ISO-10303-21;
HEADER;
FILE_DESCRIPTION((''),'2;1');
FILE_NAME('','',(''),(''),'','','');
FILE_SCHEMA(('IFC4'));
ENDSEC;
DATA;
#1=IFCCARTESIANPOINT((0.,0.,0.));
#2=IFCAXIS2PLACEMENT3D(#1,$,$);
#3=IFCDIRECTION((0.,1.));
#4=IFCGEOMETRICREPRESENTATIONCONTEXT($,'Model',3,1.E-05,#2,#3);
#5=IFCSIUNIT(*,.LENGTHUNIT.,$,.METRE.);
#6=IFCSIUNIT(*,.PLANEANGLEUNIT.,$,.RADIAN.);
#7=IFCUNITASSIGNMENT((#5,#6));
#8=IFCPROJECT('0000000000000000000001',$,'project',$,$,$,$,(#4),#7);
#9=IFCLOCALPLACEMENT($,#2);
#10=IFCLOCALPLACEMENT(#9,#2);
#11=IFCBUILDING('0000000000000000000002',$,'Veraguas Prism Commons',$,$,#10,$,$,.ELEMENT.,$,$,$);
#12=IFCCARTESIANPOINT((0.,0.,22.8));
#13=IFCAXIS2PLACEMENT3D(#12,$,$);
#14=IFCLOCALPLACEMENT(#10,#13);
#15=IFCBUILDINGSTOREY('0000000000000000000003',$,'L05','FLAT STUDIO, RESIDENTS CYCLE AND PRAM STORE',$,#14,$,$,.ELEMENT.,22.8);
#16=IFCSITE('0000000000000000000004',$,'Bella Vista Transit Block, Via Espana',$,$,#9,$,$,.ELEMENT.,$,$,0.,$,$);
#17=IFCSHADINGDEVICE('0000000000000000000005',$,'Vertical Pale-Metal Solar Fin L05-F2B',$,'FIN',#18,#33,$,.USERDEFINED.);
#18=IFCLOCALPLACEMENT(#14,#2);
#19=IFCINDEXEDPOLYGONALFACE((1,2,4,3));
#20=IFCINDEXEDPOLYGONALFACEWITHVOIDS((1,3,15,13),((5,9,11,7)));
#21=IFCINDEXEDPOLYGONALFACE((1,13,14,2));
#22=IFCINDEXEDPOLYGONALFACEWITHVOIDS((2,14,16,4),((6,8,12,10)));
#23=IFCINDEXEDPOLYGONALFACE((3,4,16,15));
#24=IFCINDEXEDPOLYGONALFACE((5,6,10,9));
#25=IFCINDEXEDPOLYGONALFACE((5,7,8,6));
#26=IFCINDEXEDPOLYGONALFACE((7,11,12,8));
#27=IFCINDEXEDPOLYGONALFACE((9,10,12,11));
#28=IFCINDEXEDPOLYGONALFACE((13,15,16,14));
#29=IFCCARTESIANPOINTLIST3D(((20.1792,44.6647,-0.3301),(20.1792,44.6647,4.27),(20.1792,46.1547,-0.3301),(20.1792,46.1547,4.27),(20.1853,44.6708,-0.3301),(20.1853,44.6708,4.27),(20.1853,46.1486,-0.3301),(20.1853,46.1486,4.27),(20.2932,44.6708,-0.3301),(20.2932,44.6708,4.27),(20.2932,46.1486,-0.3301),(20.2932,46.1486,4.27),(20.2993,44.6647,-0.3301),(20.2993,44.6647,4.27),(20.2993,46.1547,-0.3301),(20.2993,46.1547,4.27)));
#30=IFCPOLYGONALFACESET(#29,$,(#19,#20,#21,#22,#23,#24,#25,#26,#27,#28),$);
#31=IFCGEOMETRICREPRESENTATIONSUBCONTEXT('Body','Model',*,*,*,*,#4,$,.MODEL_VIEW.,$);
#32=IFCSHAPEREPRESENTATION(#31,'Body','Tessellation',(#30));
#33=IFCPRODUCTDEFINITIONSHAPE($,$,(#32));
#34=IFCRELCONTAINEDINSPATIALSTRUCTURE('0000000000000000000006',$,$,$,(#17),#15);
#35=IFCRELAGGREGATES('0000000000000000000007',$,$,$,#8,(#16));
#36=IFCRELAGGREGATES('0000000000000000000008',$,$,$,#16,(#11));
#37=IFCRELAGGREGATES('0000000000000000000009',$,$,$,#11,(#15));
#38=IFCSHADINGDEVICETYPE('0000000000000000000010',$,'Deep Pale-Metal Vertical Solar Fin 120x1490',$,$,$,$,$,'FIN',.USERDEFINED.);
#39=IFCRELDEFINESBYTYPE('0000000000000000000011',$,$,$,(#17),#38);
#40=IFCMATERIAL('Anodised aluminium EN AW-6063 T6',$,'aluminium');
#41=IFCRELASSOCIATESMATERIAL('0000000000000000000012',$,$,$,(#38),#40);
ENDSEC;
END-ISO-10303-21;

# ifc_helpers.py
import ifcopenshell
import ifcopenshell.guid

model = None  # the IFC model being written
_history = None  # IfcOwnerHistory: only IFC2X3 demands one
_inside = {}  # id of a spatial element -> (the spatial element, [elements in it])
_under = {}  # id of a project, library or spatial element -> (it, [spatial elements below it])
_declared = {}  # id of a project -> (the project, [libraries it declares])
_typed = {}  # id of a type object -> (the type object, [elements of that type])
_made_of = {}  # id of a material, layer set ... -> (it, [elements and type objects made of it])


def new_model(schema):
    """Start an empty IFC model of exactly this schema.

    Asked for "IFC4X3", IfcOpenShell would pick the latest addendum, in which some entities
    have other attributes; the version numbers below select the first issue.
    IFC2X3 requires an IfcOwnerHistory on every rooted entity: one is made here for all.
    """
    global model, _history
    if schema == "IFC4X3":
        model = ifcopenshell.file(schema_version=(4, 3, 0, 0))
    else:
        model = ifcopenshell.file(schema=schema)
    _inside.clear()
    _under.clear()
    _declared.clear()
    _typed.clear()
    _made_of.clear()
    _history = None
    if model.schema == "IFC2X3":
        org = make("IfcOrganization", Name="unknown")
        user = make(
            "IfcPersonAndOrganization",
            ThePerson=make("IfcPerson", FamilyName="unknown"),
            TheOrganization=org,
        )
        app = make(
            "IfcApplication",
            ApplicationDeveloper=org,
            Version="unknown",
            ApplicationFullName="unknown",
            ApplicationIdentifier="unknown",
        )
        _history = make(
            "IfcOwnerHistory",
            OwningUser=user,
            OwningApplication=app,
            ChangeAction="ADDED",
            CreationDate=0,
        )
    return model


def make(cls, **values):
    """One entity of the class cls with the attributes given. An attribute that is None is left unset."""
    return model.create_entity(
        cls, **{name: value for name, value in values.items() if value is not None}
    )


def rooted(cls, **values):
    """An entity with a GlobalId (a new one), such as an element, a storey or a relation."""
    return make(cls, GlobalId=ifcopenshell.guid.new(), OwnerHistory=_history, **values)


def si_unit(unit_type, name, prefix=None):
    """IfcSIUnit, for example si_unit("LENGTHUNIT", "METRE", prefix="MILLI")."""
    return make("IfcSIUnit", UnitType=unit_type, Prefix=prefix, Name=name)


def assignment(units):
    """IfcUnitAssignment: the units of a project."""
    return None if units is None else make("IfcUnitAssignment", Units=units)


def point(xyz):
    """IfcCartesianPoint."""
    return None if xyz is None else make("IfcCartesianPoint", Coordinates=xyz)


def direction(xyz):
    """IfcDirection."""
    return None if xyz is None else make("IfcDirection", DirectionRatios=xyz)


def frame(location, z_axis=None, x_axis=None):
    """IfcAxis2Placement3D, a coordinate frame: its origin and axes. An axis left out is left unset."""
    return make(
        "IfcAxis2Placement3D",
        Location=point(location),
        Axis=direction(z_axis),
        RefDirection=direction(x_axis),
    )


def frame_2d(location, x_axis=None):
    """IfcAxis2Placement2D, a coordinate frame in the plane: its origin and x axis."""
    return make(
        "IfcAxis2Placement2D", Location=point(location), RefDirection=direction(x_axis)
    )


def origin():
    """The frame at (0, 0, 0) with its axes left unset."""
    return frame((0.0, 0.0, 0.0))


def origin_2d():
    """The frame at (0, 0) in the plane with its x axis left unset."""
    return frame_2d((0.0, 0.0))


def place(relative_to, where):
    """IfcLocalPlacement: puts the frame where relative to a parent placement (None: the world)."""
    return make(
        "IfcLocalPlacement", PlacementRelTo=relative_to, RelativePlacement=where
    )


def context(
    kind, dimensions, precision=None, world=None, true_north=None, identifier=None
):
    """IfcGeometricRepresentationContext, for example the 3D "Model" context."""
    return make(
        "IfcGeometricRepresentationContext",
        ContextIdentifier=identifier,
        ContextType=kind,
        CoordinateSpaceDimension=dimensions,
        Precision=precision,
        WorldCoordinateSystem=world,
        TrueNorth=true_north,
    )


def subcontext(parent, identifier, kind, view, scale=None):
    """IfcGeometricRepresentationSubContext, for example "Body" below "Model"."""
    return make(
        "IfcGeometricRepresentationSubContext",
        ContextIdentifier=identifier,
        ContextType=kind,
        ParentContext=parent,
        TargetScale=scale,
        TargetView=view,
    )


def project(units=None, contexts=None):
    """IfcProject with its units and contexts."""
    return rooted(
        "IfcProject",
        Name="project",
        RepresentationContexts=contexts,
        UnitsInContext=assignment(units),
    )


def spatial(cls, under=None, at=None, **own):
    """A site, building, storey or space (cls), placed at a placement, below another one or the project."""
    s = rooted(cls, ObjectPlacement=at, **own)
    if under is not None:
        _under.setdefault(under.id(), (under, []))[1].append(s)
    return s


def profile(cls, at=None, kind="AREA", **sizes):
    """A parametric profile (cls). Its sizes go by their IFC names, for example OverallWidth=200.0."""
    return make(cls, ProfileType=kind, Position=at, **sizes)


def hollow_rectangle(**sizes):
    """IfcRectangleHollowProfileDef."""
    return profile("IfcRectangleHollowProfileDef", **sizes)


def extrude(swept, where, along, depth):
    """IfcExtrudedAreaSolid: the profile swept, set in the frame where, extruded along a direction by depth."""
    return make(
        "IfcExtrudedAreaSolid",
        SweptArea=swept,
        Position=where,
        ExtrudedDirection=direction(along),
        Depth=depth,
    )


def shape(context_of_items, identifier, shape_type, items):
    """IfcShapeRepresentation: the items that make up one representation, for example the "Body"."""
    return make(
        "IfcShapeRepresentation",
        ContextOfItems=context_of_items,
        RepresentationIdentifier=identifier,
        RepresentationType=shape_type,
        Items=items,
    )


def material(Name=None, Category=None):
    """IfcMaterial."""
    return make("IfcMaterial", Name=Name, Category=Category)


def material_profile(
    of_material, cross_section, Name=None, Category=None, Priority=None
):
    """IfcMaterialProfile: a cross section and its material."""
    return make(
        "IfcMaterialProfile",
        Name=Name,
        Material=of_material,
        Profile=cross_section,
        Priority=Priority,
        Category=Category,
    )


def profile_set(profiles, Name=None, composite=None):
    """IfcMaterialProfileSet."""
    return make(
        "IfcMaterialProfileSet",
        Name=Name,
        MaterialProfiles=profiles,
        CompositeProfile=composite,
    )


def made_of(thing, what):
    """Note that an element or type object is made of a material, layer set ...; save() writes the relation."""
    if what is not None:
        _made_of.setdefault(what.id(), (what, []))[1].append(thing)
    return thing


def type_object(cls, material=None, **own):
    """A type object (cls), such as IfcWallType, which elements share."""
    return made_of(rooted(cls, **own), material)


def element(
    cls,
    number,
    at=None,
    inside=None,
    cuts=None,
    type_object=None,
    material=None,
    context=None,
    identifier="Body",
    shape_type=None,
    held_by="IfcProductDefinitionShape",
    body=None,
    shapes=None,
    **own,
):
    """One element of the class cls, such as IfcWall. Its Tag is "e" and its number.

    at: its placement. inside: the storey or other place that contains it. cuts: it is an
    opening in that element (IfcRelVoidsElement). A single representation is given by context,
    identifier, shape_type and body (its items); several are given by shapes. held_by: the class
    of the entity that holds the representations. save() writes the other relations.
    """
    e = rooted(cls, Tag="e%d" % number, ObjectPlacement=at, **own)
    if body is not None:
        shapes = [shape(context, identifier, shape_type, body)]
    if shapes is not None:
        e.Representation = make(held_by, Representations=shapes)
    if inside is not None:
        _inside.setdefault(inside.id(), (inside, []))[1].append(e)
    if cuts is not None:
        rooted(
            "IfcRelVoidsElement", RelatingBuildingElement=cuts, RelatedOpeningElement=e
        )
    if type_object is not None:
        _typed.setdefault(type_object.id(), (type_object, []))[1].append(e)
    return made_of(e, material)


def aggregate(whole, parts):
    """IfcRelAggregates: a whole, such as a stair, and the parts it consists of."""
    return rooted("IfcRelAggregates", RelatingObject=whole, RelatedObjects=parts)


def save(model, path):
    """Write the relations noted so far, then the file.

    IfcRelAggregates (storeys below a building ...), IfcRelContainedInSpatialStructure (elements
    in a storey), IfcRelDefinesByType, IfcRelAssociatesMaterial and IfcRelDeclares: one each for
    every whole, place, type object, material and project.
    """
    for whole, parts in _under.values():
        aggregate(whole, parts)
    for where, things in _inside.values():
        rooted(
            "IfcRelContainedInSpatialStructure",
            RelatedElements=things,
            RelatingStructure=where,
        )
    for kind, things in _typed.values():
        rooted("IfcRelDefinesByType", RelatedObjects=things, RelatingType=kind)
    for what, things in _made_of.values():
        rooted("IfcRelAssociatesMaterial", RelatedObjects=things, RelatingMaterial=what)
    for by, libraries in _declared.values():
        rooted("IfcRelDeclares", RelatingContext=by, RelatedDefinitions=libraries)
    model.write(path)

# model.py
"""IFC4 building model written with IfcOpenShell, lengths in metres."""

from ifc_helpers import new_model, si_unit, direction, frame, origin, origin_2d, place, context, subcontext, project, spatial, hollow_rectangle, extrude, material, material_profile, profile_set, type_object, element, save


model = new_model("IFC4")

# Units and contexts
model_context = context("Model", 3, precision=1e-05, world=origin(), true_north=direction((0.0, 1.0)))
body_context = subcontext(model_context, "Body", "Model", "MODEL_VIEW")
ifc_project = project(units=[si_unit("LENGTHUNIT", "METRE"), si_unit("PLANEANGLEUNIT", "RADIAN")], contexts=[model_context])

# Site, building, storey
site_placement = place(None, origin())
site = spatial("IfcSite", under=ifc_project, at=site_placement, Name="Bella Vista Transit Block, Via Espana", CompositionType="ELEMENT", RefElevation=0.0)
building_placement = place(site_placement, origin())
building = spatial("IfcBuilding", under=site, at=building_placement, Name="Veraguas Prism Commons", CompositionType="ELEMENT")
storey_placement = place(building_placement, frame((0.0, 0.0, 22.8)))
storey = spatial("IfcBuildingStorey", under=building, at=storey_placement, Name="L05", Description="FLAT STUDIO, RESIDENTS CYCLE AND PRAM STORE", CompositionType="ELEMENT", Elevation=22.8)

# Shared definitions
ifc_material_1 = material(Name="Anodised aluminium EN AW-6063 T6", Category="aluminium")

# Shading device
ifc_material_profile_1 = material_profile(ifc_material_1, hollow_rectangle(XDim=0.1201, YDim=1.49, WallThickness=0.0061, at=origin_2d()), Name="FIN120X1490X6")
ifc_profile_set_1 = profile_set([ifc_material_profile_1], Name="Anodised aluminium EN AW-6063 T6")
shading_device_type = type_object("IfcShadingDeviceType", Name="Deep Pale-Metal Vertical Solar Fin 120x1490", ElementType="FIN", PredefinedType="USERDEFINED", material=ifc_profile_set_1)
shading_device_placement = place(storey_placement, frame((20.2393, 45.4097, -0.3301), z_axis=(0.0, 0.0, 1.0), x_axis=(-1.0, 0.0, 0.0)))
element("IfcShadingDevice", 1, at=shading_device_placement, inside=storey, type_object=shading_device_type, Name="Vertical Pale-Metal Solar Fin L05-F2B", ObjectType="FIN", PredefinedType="USERDEFINED", context=body_context, shape_type="SweptSolid", body=[
    extrude(hollow_rectangle(XDim=0.1201, YDim=1.49, WallThickness=0.0061, at=origin_2d()), origin(), (0.0, 0.0, 1.0), 4.6001),
])

save(model, "model.ifc")
